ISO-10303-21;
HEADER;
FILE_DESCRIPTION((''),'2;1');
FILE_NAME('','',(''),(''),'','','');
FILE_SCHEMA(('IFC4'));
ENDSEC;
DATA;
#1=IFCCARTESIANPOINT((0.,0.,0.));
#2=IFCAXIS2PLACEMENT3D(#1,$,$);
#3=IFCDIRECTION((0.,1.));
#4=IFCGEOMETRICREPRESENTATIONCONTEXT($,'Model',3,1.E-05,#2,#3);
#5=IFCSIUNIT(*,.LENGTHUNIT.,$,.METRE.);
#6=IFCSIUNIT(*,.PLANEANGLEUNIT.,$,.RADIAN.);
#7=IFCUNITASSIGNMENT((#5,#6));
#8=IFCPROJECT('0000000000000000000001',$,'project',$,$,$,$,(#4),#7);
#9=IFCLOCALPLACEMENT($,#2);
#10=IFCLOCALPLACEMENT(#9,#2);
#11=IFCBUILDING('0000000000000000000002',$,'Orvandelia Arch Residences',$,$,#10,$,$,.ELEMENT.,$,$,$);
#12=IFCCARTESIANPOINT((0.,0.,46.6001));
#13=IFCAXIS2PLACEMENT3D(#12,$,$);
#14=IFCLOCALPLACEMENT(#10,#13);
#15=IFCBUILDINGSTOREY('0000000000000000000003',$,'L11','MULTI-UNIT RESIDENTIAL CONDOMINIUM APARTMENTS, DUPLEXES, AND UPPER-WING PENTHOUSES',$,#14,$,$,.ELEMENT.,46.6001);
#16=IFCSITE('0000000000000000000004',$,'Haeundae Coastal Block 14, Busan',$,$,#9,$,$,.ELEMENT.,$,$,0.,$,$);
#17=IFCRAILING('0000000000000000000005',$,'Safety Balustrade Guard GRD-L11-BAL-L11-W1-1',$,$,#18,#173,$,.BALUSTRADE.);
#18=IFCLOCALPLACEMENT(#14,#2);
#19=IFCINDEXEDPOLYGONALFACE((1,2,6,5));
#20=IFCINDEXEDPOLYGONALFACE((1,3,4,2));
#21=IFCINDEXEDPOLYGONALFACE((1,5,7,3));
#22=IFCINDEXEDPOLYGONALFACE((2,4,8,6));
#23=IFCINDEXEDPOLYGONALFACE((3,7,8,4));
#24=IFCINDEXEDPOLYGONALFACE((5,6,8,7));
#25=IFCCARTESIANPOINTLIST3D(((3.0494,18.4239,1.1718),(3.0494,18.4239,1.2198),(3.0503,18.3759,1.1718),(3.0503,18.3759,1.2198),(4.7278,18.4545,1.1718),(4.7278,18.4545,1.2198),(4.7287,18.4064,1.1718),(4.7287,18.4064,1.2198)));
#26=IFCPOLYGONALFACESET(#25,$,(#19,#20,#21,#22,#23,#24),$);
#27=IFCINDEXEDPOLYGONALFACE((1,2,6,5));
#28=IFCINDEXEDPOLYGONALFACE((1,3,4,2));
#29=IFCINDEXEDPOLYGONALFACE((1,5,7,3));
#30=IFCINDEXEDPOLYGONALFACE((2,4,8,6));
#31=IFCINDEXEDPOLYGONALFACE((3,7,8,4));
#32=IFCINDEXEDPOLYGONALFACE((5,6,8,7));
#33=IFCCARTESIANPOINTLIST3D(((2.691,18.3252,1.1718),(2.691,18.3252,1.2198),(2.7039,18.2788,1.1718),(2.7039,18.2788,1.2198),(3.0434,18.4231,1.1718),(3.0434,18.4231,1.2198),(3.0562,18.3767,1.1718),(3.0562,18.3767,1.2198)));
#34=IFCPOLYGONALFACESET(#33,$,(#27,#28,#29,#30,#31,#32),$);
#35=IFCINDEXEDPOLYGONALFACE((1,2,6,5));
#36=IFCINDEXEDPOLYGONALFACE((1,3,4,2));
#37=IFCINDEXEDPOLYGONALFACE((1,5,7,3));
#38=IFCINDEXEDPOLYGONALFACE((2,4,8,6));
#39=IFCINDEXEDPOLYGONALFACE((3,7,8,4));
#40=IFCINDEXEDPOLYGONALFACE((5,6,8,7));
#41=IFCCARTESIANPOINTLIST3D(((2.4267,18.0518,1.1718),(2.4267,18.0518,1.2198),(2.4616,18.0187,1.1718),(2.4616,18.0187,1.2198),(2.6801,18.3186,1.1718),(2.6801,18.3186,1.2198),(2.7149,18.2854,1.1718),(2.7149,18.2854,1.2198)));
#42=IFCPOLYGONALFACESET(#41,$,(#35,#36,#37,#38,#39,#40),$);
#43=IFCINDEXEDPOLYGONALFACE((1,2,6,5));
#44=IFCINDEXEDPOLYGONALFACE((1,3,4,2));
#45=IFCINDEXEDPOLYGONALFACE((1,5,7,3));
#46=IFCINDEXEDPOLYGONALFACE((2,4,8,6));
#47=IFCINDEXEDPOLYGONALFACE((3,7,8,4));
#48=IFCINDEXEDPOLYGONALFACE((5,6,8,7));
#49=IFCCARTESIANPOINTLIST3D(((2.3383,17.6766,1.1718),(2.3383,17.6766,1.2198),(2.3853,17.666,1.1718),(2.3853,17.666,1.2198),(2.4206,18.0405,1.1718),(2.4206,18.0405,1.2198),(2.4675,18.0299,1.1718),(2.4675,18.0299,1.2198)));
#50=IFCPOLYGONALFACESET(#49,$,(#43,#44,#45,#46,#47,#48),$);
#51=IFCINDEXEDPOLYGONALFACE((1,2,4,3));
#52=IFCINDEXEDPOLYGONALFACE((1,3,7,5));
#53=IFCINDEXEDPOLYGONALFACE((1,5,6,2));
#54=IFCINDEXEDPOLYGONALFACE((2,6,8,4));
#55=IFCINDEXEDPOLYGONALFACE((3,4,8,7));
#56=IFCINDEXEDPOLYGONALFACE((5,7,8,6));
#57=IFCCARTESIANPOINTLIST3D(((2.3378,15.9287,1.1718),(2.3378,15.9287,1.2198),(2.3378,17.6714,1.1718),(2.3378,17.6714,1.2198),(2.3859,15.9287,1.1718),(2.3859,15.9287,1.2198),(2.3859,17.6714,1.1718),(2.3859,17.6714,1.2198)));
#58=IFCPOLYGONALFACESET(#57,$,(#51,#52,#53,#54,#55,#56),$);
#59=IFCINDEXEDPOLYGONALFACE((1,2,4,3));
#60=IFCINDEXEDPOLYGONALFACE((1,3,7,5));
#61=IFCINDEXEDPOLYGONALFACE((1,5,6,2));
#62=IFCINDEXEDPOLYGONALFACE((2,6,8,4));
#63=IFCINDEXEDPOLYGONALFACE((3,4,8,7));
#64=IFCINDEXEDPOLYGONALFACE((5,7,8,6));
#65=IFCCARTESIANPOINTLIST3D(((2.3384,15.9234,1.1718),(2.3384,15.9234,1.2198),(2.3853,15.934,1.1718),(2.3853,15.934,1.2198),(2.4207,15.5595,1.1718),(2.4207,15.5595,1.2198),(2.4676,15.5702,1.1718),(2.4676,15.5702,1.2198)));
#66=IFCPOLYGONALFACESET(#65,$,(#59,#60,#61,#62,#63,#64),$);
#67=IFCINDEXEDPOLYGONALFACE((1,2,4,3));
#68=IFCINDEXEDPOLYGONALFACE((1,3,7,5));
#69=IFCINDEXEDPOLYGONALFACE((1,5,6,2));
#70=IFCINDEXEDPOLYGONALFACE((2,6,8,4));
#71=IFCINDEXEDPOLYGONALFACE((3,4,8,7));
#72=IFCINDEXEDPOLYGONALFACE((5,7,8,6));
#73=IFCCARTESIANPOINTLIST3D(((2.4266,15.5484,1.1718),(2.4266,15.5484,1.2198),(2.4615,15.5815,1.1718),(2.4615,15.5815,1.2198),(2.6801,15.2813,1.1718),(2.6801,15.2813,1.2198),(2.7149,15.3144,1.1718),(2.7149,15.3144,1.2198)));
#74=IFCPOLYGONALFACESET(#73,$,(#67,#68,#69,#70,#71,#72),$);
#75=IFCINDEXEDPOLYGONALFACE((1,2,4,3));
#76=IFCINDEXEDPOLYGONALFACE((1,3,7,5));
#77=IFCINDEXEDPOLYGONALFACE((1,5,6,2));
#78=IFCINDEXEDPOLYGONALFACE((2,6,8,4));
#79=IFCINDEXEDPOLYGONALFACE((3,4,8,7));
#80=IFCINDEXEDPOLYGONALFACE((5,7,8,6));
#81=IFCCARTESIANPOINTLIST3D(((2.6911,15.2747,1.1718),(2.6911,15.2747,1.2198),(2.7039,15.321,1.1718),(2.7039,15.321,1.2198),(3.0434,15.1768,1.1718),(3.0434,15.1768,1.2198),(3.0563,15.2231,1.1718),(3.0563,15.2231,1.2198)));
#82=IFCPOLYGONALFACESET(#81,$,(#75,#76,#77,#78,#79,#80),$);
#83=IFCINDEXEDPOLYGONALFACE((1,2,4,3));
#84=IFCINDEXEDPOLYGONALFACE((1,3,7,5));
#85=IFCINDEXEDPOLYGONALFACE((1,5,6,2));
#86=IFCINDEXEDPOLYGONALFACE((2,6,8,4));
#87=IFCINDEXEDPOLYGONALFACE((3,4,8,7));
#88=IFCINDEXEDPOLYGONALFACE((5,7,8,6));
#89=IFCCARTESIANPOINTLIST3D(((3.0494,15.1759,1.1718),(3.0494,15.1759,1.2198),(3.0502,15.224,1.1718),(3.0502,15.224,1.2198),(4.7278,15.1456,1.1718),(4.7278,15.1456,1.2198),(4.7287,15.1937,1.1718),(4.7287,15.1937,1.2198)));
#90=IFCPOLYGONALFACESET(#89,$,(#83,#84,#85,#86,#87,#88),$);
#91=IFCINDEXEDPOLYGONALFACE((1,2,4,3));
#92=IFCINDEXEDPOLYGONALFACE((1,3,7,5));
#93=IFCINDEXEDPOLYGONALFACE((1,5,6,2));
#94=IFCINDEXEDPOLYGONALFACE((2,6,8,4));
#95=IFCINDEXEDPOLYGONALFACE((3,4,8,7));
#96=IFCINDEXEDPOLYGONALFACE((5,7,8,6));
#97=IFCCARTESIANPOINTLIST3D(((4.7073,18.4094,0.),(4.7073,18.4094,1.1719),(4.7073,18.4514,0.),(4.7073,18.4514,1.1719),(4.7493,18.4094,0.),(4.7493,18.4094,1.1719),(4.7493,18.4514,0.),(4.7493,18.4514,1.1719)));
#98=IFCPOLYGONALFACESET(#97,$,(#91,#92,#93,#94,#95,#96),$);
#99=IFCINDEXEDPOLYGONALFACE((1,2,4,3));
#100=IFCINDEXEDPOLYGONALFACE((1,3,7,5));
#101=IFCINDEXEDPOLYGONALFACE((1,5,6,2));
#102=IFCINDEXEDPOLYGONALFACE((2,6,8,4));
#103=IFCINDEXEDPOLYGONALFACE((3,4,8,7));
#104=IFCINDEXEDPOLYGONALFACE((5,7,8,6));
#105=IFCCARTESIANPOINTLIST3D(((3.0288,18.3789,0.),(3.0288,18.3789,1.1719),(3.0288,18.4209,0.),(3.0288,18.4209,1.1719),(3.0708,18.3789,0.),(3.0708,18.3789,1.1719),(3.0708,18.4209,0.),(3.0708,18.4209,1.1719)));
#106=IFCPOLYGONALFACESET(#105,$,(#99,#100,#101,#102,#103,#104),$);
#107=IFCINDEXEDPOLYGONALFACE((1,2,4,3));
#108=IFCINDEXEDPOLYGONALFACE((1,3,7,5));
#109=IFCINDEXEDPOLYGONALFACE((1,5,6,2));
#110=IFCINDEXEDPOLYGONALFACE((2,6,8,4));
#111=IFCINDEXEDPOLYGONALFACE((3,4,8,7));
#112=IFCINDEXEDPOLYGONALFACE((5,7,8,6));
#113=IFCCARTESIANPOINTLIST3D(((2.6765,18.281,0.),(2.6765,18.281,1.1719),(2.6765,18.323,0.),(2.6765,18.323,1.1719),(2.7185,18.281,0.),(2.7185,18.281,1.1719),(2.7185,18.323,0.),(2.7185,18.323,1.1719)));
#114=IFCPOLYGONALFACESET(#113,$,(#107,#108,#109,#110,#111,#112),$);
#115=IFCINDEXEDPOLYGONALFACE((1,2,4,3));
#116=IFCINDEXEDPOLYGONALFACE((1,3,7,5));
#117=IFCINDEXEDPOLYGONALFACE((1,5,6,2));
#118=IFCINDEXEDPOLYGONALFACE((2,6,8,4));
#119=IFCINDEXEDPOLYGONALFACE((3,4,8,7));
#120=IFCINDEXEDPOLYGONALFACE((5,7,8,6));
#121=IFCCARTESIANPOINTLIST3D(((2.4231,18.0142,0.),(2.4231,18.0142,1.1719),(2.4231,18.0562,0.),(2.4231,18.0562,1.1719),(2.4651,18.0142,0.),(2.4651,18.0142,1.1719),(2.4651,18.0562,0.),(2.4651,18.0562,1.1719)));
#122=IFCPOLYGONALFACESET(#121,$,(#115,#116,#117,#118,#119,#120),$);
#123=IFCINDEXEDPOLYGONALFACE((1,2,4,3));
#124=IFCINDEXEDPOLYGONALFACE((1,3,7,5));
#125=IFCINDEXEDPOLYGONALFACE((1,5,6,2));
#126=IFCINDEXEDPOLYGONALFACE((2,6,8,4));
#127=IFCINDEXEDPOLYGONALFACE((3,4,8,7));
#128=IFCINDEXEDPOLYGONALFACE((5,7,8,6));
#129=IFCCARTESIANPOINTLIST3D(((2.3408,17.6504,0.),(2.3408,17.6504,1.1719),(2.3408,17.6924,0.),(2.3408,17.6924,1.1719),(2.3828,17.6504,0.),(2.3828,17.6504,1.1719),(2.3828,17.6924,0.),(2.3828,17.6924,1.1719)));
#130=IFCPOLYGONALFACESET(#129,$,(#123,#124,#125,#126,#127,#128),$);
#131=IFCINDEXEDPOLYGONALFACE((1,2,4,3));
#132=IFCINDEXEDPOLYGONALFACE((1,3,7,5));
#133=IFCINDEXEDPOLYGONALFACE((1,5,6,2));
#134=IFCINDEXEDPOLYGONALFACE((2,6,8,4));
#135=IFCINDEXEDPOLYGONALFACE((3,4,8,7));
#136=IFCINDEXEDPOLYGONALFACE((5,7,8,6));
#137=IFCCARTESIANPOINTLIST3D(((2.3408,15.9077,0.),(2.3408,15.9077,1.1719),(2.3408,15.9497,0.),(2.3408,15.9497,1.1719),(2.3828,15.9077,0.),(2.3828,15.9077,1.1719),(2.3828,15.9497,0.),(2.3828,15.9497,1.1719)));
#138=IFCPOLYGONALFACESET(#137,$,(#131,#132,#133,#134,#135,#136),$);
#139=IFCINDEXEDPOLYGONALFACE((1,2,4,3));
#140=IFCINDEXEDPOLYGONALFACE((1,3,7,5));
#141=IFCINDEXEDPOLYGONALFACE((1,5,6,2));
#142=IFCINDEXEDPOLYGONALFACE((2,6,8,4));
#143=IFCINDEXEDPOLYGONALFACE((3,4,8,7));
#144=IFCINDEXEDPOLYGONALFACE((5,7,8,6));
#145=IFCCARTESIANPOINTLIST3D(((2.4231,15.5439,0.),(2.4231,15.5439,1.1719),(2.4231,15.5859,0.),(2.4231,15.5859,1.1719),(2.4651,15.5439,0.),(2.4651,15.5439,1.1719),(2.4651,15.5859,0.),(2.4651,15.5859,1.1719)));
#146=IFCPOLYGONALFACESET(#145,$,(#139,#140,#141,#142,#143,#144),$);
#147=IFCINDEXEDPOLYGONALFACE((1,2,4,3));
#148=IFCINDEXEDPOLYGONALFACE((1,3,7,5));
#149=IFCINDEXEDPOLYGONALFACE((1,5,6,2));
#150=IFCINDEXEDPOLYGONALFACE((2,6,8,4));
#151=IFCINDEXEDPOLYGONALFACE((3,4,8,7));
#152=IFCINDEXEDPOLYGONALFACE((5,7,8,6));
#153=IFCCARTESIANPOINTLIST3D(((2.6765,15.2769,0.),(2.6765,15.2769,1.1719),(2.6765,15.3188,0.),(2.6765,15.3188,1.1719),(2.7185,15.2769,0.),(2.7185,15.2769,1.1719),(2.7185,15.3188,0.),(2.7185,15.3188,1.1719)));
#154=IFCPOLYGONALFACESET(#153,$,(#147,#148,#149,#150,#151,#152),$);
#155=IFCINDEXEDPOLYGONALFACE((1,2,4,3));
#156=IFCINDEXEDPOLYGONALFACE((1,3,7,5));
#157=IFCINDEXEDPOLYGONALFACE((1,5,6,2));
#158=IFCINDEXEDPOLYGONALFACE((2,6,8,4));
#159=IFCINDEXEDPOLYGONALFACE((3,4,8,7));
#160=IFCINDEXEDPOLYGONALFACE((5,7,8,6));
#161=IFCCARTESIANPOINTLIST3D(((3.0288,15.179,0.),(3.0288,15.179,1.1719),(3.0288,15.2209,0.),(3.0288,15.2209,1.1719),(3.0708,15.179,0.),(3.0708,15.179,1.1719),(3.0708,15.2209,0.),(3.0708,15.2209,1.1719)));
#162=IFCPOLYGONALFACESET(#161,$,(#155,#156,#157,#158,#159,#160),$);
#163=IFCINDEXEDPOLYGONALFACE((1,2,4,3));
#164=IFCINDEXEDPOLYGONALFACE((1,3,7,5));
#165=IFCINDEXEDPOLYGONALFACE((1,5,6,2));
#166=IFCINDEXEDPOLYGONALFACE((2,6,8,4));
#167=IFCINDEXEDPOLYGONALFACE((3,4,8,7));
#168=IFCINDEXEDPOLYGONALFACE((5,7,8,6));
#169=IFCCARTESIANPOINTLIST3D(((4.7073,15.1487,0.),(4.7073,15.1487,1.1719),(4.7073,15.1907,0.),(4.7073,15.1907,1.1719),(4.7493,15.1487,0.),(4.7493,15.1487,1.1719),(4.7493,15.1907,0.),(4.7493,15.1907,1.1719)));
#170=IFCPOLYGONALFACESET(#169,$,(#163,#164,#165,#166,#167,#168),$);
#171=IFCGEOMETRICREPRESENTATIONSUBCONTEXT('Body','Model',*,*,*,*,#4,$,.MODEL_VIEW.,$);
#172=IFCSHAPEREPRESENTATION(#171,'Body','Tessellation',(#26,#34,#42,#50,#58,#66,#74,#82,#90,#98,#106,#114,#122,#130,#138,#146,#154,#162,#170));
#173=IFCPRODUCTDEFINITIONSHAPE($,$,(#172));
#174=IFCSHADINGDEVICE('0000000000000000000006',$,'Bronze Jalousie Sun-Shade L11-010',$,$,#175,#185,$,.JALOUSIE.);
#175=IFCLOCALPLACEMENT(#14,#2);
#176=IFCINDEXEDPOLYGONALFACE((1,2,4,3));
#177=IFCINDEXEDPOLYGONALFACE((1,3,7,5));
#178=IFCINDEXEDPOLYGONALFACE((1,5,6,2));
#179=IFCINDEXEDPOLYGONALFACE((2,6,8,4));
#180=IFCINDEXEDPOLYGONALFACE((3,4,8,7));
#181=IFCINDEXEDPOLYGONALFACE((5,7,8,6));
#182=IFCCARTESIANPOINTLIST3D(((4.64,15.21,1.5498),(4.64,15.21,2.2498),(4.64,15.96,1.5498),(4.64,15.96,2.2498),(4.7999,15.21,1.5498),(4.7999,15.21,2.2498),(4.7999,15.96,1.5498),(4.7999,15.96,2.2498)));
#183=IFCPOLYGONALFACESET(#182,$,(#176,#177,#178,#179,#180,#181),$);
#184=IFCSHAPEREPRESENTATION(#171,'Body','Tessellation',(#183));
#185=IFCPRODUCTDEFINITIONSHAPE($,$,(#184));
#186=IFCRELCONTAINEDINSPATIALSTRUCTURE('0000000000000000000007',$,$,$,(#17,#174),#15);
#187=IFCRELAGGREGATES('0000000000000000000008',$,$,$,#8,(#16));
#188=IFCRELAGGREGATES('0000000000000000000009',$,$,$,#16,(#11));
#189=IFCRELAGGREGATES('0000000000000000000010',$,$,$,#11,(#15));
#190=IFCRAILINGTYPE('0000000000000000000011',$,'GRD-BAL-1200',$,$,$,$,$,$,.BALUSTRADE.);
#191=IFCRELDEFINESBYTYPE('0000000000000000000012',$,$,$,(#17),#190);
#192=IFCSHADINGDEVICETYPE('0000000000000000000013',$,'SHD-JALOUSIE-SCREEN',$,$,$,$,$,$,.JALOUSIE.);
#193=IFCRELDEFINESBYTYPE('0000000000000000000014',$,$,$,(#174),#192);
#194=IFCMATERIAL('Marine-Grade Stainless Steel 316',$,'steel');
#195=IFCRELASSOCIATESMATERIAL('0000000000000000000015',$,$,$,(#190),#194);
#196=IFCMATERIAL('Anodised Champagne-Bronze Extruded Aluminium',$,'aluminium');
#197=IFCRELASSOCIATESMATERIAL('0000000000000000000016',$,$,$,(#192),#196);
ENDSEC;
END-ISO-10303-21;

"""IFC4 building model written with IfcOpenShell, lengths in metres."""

from ifc_helpers import new_model, si_unit, direction, frame, origin, origin_2d, place, context, subcontext, project, spatial, rectangle, extrude, material, type_object, element, save


model = new_model("IFC4")

# Units and contexts
model_context = context("Model", 3, precision=1e-05, world=origin(), true_north=direction((0.0, 1.0)))
body_context = subcontext(model_context, "Body", "Model", "MODEL_VIEW")
ifc_project = project(units=[si_unit("LENGTHUNIT", "METRE"), si_unit("PLANEANGLEUNIT", "RADIAN")], contexts=[model_context])

# Site, building, storey
site_placement = place(None, origin())
site = spatial("IfcSite", under=ifc_project, at=site_placement, Name="Haeundae Coastal Block 14, Busan", CompositionType="ELEMENT", RefElevation=0.0)
building_placement = place(site_placement, origin())
building = spatial("IfcBuilding", under=site, at=building_placement, Name="Orvandelia Arch Residences", CompositionType="ELEMENT")
storey_placement = place(building_placement, frame((0.0, 0.0, 46.6001)))
storey = spatial("IfcBuildingStorey", under=building, at=storey_placement, Name="L11", Description="MULTI-UNIT RESIDENTIAL CONDOMINIUM APARTMENTS, DUPLEXES, AND UPPER-WING PENTHOUSES", CompositionType="ELEMENT", Elevation=46.6001)

# Railing
ifc_material_1 = material(Name="Marine-Grade Stainless Steel 316", Category="steel")
railing_type = type_object("IfcRailingType", Name="GRD-BAL-1200", PredefinedType="BALUSTRADE", material=ifc_material_1)
railing_placement = place(storey_placement, frame((4.7283, 18.4304, 0.0)))
element("IfcRailing", 1, at=railing_placement, inside=storey, type_object=railing_type, Name="Safety Balustrade Guard GRD-L11-BAL-L11-W1-1", PredefinedType="BALUSTRADE", context=body_context, shape_type="SweptSolid", body=[
    extrude(rectangle(XDim=0.0481, YDim=0.0481, at=origin_2d()), frame((0.0, 0.0, 1.1958), z_axis=(-0.999835, -0.018179, 0.0), x_axis=(0.018179, -0.999835, 0.0)), (0.0, 0.0, 1.0), 1.6787),
    extrude(rectangle(XDim=0.0481, YDim=0.0481, at=origin_2d()), frame((-1.6785, -0.0305, 1.1958), z_axis=(-0.963489, -0.267747, 0.0), x_axis=(0.267747, -0.963489, 0.0)), (0.0, 0.0, 1.0), 0.3657),
    extrude(rectangle(XDim=0.0481, YDim=0.0481, at=origin_2d()), frame((-2.0308, -0.1284, 1.1958), z_axis=(-0.688627, -0.725115, 0.0), x_axis=(0.725115, -0.688627, 0.0)), (0.0, 0.0, 1.0), 0.3679),
    extrude(rectangle(XDim=0.0481, YDim=0.0481, at=origin_2d()), frame((-2.2842, -0.3953, 1.1958), z_axis=(-0.220602, -0.975364, 0.0), x_axis=(0.975364, -0.220602, 0.0)), (0.0, 0.0, 1.0), 0.373),
    extrude(rectangle(XDim=0.0481, YDim=0.0481, at=origin_2d()), frame((-2.3665, -0.759, 1.1958), z_axis=(0.0, -1.0, 0.0), x_axis=(1.0, 0.0, 0.0)), (0.0, 0.0, 1.0), 1.7427),
    extrude(rectangle(XDim=0.0481, YDim=0.0481, at=origin_2d()), frame((-2.3665, -2.5017, 1.1958), z_axis=(0.220602, -0.975364, 0.0), x_axis=(0.975364, 0.220602, 0.0)), (0.0, 0.0, 1.0), 0.373),
    extrude(rectangle(XDim=0.0481, YDim=0.0481, at=origin_2d()), frame((-2.2842, -2.8655, 1.1958), z_axis=(0.688296, -0.72543, 0.0), x_axis=(0.72543, 0.688296, 0.0)), (0.0, 0.0, 1.0), 0.3682),
    extrude(rectangle(XDim=0.0481, YDim=0.0481, at=origin_2d()), frame((-2.0308, -3.1326, 1.1958), z_axis=(0.963489, -0.267747, 0.0), x_axis=(0.267747, 0.963489, 0.0)), (0.0, 0.0, 1.0), 0.3657),
    extrude(rectangle(XDim=0.0481, YDim=0.0481, at=origin_2d()), frame((-1.6785, -3.2305, 1.1958), z_axis=(0.999837, -0.018033, 0.0), x_axis=(0.018033, 0.999837, 0.0)), (0.0, 0.0, 1.0), 1.6787),
    extrude(rectangle(XDim=0.042, YDim=0.042, at=origin_2d()), origin(), (0.0, 0.0, 1.0), 1.1719),
    extrude(rectangle(XDim=0.042, YDim=0.042, at=origin_2d()), frame((-1.6785, -0.0305, 0.0)), (0.0, 0.0, 1.0), 1.1719),
    extrude(rectangle(XDim=0.042, YDim=0.042, at=origin_2d()), frame((-2.0308, -0.1284, 0.0)), (0.0, 0.0, 1.0), 1.1719),
    extrude(rectangle(XDim=0.042, YDim=0.042, at=origin_2d()), frame((-2.2842, -0.3953, 0.0)), (0.0, 0.0, 1.0), 1.1719),
    extrude(rectangle(XDim=0.042, YDim=0.042, at=origin_2d()), frame((-2.3665, -0.759, 0.0)), (0.0, 0.0, 1.0), 1.1719),
    extrude(rectangle(XDim=0.042, YDim=0.042, at=origin_2d()), frame((-2.3665, -2.5017, 0.0)), (0.0, 0.0, 1.0), 1.1719),
    extrude(rectangle(XDim=0.042, YDim=0.042, at=origin_2d()), frame((-2.2842, -2.8655, 0.0)), (0.0, 0.0, 1.0), 1.1719),
    extrude(rectangle(XDim=0.042, YDim=0.042, at=origin_2d()), frame((-2.0308, -3.1326, 0.0)), (0.0, 0.0, 1.0), 1.1719),
    extrude(rectangle(XDim=0.042, YDim=0.042, at=origin_2d()), frame((-1.6785, -3.2305, 0.0)), (0.0, 0.0, 1.0), 1.1719),
    extrude(rectangle(XDim=0.042, YDim=0.042, at=origin_2d()), frame((0.0, -3.2607, 0.0)), (0.0, 0.0, 1.0), 1.1719),
])

# Shading device
ifc_material_2 = material(Name="Anodised Champagne-Bronze Extruded Aluminium", Category="aluminium")
shading_device_type = type_object("IfcShadingDeviceType", Name="SHD-JALOUSIE-SCREEN", PredefinedType="JALOUSIE", material=ifc_material_2)
shading_device_placement = place(storey_placement, frame((4.72, 15.585, 1.5498), z_axis=(0.0, 0.0, 1.0), x_axis=(0.0, 1.0, 0.0)))
element("IfcShadingDevice", 2, at=shading_device_placement, inside=storey, type_object=shading_device_type, Name="Bronze Jalousie Sun-Shade L11-010", PredefinedType="JALOUSIE", context=body_context, shape_type="SweptSolid", body=[
    extrude(rectangle(XDim=0.75, YDim=0.1599, at=origin_2d()), origin(), (0.0, 0.0, 1.0), 0.7),
])

save(model, "model.ifc")
